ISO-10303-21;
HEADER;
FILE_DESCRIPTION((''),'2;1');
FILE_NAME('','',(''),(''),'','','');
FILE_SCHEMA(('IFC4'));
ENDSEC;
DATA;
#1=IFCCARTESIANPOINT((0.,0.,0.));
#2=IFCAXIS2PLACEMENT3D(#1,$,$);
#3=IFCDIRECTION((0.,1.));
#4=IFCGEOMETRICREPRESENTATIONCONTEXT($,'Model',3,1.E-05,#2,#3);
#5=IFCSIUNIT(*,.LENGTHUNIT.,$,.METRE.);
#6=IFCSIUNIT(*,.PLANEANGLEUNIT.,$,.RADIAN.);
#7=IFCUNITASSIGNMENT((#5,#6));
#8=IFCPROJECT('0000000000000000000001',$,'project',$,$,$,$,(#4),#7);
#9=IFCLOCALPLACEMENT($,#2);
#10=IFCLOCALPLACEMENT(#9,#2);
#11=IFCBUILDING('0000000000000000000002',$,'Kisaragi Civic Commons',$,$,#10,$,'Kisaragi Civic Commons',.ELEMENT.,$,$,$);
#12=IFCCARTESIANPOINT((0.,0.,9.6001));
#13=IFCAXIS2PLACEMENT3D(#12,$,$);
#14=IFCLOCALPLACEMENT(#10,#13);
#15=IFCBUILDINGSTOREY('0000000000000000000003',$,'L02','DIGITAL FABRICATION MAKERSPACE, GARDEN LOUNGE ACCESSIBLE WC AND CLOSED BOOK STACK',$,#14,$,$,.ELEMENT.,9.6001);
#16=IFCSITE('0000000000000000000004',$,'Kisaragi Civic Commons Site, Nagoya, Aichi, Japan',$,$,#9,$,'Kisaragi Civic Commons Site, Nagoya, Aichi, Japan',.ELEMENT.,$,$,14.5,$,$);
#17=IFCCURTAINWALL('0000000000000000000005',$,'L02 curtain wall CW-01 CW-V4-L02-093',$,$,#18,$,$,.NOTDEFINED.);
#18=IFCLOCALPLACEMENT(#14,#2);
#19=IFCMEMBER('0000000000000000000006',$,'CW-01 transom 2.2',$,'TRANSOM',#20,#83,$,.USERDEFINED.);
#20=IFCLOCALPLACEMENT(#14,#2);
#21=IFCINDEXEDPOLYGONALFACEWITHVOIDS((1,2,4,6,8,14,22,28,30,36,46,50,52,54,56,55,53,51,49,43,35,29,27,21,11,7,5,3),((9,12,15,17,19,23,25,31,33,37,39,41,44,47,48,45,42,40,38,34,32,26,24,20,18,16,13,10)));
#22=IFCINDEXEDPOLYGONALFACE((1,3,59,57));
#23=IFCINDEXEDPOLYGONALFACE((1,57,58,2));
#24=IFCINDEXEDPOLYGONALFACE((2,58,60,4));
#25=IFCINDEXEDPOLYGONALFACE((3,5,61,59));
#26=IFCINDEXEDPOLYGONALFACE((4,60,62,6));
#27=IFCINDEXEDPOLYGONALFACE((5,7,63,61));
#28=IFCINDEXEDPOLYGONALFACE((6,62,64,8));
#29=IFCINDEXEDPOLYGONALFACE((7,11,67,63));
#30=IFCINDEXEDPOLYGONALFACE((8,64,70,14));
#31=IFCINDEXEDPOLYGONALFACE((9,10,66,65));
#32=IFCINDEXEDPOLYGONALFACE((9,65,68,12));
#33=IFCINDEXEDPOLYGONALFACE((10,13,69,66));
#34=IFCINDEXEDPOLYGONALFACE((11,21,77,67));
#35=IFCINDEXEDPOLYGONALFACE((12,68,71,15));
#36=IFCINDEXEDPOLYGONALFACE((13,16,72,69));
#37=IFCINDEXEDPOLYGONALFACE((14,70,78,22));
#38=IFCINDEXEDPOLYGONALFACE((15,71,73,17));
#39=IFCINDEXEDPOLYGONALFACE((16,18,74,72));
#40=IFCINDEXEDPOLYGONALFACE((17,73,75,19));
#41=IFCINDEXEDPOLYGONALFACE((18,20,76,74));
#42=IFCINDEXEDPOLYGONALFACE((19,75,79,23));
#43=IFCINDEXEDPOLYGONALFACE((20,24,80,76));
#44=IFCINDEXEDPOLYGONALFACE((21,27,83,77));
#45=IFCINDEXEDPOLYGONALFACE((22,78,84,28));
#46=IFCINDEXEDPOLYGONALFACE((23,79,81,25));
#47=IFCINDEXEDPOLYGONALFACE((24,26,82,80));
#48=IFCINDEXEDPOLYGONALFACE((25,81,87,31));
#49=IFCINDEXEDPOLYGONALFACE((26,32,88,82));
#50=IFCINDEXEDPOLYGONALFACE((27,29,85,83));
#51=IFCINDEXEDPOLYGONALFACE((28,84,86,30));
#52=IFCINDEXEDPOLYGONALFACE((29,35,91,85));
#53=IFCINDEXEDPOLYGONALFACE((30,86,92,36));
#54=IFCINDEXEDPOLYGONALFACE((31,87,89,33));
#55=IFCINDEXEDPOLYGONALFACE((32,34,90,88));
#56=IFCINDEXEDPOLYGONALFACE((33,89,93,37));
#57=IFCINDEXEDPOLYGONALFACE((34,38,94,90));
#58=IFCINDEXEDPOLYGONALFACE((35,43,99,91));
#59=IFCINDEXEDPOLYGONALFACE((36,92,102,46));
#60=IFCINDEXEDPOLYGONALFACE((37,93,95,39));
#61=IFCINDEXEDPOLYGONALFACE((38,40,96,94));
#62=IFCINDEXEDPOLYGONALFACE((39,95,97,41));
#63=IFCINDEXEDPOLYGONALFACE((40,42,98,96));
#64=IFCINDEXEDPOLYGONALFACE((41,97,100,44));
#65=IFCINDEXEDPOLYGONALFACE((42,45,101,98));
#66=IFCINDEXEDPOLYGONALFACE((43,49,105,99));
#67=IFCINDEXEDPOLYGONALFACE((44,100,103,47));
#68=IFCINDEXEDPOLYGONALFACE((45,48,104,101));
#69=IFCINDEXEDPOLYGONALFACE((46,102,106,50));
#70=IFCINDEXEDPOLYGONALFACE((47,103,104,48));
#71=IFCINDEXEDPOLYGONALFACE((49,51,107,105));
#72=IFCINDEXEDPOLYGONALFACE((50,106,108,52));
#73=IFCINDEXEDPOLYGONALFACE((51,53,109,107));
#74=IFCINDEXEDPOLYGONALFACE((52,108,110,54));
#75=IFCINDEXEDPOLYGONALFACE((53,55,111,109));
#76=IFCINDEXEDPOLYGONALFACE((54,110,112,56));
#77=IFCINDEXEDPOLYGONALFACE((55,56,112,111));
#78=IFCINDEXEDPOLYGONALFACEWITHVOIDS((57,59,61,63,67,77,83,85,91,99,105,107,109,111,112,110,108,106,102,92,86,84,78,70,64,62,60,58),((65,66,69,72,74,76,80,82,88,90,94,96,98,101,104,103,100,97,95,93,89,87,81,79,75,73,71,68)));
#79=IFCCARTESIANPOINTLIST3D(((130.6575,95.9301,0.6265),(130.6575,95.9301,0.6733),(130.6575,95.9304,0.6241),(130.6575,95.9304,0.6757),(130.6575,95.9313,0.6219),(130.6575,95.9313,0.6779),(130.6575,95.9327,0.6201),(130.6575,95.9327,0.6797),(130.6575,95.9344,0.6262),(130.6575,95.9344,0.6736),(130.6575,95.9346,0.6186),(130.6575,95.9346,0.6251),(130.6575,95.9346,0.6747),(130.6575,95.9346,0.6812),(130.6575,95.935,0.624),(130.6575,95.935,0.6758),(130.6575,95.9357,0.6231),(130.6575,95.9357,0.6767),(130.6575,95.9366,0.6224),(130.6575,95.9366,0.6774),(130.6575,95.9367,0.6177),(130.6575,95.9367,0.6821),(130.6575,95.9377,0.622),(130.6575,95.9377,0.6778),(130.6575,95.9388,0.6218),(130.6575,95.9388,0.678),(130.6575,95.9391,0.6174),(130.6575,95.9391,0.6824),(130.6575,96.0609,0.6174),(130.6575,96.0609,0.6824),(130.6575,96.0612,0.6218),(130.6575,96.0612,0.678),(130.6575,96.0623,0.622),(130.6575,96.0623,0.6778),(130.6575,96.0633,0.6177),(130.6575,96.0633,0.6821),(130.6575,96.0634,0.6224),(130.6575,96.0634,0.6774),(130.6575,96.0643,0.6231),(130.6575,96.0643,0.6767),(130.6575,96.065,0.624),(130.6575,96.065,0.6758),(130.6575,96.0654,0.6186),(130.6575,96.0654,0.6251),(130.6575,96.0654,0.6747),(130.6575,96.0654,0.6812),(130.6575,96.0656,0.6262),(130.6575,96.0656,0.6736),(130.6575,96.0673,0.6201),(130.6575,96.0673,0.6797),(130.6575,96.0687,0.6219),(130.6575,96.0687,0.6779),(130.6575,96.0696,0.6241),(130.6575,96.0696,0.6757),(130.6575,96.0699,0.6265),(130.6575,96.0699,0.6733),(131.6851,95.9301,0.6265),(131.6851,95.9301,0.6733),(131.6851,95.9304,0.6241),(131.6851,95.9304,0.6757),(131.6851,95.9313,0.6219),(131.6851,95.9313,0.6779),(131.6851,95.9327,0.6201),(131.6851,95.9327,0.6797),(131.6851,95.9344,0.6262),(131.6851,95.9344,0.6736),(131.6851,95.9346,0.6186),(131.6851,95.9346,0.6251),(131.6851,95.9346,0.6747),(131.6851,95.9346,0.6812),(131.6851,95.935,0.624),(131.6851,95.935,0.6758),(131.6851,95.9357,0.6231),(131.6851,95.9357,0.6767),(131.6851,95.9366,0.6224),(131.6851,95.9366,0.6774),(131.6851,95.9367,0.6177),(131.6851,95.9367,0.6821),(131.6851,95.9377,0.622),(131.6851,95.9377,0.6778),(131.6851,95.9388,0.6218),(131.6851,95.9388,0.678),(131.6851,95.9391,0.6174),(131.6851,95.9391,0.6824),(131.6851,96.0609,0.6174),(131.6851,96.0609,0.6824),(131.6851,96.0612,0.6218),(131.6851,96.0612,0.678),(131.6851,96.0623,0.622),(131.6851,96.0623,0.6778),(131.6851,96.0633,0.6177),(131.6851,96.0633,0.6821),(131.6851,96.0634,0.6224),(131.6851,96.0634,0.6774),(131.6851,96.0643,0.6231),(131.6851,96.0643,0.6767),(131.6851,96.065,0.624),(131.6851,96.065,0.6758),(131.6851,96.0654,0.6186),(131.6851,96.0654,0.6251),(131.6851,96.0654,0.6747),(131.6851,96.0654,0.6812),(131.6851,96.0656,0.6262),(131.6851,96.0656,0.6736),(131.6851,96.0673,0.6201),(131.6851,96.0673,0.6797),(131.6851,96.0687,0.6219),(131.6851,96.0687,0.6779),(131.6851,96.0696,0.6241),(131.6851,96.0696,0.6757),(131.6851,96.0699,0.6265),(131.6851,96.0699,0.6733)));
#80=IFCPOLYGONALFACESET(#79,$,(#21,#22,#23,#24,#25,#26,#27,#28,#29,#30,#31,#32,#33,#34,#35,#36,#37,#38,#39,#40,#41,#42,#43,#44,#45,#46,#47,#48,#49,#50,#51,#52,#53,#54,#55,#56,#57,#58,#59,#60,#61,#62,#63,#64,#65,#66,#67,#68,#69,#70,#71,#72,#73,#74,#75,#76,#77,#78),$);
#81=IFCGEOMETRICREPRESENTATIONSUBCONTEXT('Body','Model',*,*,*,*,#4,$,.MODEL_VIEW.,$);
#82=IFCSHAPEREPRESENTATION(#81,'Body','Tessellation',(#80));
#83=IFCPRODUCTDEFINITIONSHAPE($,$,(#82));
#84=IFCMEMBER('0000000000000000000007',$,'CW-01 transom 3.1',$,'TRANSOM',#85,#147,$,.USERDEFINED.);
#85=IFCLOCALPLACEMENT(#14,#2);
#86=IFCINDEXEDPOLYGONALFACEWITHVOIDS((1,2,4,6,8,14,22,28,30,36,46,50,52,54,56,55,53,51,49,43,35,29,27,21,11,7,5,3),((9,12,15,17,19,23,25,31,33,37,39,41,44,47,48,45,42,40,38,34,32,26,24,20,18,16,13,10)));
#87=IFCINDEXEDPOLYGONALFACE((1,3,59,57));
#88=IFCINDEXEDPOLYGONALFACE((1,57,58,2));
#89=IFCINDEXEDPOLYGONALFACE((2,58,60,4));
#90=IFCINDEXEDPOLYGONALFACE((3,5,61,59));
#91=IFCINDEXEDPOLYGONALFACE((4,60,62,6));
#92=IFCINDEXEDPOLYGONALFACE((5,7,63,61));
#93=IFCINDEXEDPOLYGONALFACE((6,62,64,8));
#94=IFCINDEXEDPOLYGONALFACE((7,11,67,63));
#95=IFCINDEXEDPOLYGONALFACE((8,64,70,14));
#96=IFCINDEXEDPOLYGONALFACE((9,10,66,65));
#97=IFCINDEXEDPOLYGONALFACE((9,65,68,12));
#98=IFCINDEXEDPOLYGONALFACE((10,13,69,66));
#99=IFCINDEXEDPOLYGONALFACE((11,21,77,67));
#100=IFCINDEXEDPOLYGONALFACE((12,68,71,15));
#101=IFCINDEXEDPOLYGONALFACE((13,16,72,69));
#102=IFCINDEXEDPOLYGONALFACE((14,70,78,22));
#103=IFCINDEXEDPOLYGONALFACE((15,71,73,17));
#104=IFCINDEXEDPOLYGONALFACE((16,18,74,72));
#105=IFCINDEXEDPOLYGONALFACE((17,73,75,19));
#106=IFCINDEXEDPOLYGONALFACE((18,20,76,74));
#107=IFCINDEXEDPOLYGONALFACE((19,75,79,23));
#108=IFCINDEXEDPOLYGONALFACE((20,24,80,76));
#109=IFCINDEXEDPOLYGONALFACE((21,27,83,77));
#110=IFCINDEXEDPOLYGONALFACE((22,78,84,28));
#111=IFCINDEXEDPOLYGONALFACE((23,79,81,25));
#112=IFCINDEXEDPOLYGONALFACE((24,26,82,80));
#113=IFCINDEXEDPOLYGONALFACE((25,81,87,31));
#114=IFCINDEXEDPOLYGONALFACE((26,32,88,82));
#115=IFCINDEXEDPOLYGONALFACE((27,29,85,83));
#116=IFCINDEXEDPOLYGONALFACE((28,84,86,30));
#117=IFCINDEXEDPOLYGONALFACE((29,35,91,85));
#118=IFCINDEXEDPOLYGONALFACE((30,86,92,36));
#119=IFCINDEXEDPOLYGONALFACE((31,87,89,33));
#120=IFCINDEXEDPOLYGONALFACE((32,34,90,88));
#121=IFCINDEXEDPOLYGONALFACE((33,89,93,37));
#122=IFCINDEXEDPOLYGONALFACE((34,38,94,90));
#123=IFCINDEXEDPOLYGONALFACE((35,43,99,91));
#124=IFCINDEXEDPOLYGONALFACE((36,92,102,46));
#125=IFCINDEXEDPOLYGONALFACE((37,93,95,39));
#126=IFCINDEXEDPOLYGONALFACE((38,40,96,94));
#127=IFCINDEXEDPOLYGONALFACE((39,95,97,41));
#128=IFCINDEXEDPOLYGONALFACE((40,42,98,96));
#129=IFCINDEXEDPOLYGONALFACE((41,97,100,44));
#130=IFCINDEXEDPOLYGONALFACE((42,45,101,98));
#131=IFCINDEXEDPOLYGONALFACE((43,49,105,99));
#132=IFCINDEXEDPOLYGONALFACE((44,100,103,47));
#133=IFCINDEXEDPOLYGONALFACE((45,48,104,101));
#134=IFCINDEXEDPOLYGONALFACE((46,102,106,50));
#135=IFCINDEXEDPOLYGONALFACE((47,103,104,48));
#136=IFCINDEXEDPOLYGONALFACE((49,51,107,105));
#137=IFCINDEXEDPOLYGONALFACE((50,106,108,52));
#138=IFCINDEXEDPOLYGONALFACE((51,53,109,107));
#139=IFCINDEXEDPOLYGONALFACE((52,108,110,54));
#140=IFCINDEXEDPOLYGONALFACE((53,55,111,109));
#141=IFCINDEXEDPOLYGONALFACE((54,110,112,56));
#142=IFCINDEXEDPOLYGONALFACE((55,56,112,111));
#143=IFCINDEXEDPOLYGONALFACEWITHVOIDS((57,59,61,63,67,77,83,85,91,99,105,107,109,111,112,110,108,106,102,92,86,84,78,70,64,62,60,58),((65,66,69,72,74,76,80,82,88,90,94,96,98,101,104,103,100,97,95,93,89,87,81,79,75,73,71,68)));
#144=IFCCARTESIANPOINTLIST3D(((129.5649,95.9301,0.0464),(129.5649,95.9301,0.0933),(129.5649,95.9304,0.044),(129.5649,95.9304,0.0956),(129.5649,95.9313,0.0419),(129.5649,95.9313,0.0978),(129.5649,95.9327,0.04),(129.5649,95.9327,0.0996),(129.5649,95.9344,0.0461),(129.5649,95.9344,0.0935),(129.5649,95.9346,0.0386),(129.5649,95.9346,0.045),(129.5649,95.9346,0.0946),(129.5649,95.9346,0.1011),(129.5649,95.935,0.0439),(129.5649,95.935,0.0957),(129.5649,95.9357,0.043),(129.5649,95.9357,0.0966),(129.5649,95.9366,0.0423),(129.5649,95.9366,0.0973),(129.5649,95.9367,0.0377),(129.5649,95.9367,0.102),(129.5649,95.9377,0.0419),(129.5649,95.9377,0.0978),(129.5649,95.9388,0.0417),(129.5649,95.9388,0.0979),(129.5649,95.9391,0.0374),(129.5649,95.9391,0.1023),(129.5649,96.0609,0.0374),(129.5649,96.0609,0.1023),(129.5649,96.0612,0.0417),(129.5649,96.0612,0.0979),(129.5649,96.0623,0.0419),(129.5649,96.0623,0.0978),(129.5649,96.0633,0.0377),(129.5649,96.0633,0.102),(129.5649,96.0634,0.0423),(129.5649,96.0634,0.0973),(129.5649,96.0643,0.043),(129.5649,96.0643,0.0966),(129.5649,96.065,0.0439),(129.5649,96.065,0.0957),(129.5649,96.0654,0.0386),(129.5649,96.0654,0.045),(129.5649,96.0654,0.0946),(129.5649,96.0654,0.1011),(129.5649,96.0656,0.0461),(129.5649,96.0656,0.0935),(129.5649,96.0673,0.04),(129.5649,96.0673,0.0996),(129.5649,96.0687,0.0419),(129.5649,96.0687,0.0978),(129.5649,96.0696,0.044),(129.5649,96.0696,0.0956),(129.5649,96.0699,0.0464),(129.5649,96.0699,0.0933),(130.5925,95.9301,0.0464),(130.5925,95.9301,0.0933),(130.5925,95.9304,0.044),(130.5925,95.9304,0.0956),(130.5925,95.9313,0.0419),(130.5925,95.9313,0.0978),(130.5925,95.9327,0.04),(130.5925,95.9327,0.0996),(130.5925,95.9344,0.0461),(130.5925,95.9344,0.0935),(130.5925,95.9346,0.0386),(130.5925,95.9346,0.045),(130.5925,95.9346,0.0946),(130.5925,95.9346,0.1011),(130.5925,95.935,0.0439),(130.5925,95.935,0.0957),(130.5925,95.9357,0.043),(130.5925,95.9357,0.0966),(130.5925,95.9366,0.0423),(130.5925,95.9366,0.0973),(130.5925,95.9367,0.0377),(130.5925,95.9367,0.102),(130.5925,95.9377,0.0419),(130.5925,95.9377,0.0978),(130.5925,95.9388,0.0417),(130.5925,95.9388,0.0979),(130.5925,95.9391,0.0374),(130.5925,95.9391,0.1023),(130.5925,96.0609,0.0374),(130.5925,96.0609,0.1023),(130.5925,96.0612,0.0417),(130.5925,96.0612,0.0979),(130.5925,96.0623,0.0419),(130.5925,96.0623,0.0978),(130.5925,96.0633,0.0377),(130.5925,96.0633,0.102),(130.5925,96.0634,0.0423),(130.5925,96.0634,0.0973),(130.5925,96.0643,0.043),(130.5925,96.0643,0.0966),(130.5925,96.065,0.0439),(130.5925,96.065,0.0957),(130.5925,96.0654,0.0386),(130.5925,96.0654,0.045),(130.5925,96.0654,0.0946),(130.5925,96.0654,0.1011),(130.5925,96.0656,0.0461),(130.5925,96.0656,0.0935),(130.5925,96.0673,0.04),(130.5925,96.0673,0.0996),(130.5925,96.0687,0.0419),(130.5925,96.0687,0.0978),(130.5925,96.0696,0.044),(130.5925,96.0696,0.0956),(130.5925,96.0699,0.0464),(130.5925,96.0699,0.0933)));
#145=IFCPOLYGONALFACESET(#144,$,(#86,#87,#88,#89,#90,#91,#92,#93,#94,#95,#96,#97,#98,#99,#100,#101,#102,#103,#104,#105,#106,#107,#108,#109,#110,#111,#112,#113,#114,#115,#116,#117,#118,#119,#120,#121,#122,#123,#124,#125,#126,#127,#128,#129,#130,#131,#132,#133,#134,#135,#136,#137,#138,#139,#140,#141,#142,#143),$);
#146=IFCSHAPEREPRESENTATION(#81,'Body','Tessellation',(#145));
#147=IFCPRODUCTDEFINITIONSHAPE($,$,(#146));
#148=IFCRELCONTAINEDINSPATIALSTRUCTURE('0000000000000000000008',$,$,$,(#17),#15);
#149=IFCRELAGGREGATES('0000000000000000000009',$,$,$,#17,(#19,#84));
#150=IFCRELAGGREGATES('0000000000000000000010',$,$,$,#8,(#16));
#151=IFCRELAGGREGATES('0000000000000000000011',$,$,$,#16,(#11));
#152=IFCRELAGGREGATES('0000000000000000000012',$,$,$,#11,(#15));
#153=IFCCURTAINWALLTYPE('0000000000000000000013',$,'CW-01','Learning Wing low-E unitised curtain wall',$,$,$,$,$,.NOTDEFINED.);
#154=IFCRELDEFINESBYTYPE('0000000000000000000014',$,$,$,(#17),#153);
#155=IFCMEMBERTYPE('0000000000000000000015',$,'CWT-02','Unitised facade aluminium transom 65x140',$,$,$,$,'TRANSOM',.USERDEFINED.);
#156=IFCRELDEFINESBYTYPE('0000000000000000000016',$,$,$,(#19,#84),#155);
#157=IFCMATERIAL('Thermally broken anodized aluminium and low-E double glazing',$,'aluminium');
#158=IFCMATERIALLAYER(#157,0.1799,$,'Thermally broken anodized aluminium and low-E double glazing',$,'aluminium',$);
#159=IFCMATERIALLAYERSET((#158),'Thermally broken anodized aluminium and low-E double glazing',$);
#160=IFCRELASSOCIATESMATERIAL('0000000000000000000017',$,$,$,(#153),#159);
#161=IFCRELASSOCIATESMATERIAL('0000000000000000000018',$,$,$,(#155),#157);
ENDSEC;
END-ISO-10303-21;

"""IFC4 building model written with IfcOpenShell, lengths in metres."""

from ifc_helpers import new_model, si_unit, direction, frame, origin, origin_2d, place, context, subcontext, project, spatial, hollow_rectangle, extrude, material, layer, layer_set, material_profile, profile_set, type_object, element, aggregate, save


model = new_model("IFC4")

# Units and contexts
model_context = context("Model", 3, precision=1e-05, world=origin(), true_north=direction((0.0, 1.0)))
body_context = subcontext(model_context, "Body", "Model", "MODEL_VIEW")
ifc_project = project(units=[si_unit("LENGTHUNIT", "METRE"), si_unit("PLANEANGLEUNIT", "RADIAN")], contexts=[model_context])

# Site, building, storey
site_placement = place(None, origin())
site = spatial("IfcSite", under=ifc_project, at=site_placement, Name="Kisaragi Civic Commons Site, Nagoya, Aichi, Japan", LongName="Kisaragi Civic Commons Site, Nagoya, Aichi, Japan", CompositionType="ELEMENT", RefElevation=14.5)
building_placement = place(site_placement, origin())
building = spatial("IfcBuilding", under=site, at=building_placement, Name="Kisaragi Civic Commons", LongName="Kisaragi Civic Commons", CompositionType="ELEMENT")
storey_placement = place(building_placement, frame((0.0, 0.0, 9.6001)))
storey = spatial("IfcBuildingStorey", under=building, at=storey_placement, Name="L02", Description="DIGITAL FABRICATION MAKERSPACE, GARDEN LOUNGE ACCESSIBLE WC AND CLOSED BOOK STACK", CompositionType="ELEMENT", Elevation=9.6001)

# Curtain wall
ifc_material = material(Name="Thermally broken anodized aluminium and low-E double glazing", Category="aluminium")
ifc_layer_1 = layer(ifc_material, 0.1799, Name="Thermally broken anodized aluminium and low-E double glazing", Category="aluminium")
ifc_layer_set_1 = layer_set([ifc_layer_1], Name="Thermally broken anodized aluminium and low-E double glazing")
curtain_wall_type = type_object("IfcCurtainWallType", Name="CW-01", Description="Learning Wing low-E unitised curtain wall", PredefinedType="NOTDEFINED", material=ifc_layer_set_1)
curtain_wall_1_placement = place(storey_placement, origin())
curtain_wall_1 = element("IfcCurtainWall", 1, at=curtain_wall_1_placement, inside=storey, type_object=curtain_wall_type, Name="L02 curtain wall CW-01 CW-V4-L02-093", PredefinedType="NOTDEFINED")

# Members
ifc_material_profile_1 = material_profile(ifc_material, hollow_rectangle(XDim=0.1399, YDim=0.0649, WallThickness=0.0044, InnerFilletRadius=0.0044, OuterFilletRadius=0.009, at=origin_2d()), Name="CWT-65x140x4.5", Category="aluminium")
ifc_profile_set_1 = profile_set([ifc_material_profile_1], Name="Thermally broken anodized aluminium and low-E double glazing")
member_type_1 = type_object("IfcMemberType", Name="CWT-02", Description="Unitised facade aluminium transom 65x140", ElementType="TRANSOM", PredefinedType="USERDEFINED", material=ifc_profile_set_1)
member_1_placement = place(storey_placement, frame((131.6851, 96.0, 0.6499), z_axis=(-1.0, 0.0, 0.0), x_axis=(0.0, -1.0, 0.0)))
member_1 = element("IfcMember", 2, at=member_1_placement, type_object=member_type_1, Name="CW-01 transom 2.2", ObjectType="TRANSOM", PredefinedType="USERDEFINED", context=body_context, shape_type="SweptSolid", body=[
    extrude(hollow_rectangle(XDim=0.1399, YDim=0.0649, WallThickness=0.0044, InnerFilletRadius=0.0044, OuterFilletRadius=0.009, at=origin_2d()), origin(), (0.0, 0.0, 1.0), 1.0276),
])
member_2_placement = place(storey_placement, frame((130.5925, 96.0, 0.0698), z_axis=(-1.0, 0.0, 0.0), x_axis=(0.0, -1.0, 0.0)))
member_2 = element("IfcMember", 3, at=member_2_placement, type_object=member_type_1, Name="CW-01 transom 3.1", ObjectType="TRANSOM", PredefinedType="USERDEFINED", context=body_context, shape_type="SweptSolid", body=[
    extrude(hollow_rectangle(XDim=0.1399, YDim=0.0649, WallThickness=0.0044, InnerFilletRadius=0.0044, OuterFilletRadius=0.009, at=origin_2d()), origin(), (0.0, 0.0, 1.0), 1.0276),
])

aggregate(curtain_wall_1, [member_1, member_2])

save(model, "model.ifc")
